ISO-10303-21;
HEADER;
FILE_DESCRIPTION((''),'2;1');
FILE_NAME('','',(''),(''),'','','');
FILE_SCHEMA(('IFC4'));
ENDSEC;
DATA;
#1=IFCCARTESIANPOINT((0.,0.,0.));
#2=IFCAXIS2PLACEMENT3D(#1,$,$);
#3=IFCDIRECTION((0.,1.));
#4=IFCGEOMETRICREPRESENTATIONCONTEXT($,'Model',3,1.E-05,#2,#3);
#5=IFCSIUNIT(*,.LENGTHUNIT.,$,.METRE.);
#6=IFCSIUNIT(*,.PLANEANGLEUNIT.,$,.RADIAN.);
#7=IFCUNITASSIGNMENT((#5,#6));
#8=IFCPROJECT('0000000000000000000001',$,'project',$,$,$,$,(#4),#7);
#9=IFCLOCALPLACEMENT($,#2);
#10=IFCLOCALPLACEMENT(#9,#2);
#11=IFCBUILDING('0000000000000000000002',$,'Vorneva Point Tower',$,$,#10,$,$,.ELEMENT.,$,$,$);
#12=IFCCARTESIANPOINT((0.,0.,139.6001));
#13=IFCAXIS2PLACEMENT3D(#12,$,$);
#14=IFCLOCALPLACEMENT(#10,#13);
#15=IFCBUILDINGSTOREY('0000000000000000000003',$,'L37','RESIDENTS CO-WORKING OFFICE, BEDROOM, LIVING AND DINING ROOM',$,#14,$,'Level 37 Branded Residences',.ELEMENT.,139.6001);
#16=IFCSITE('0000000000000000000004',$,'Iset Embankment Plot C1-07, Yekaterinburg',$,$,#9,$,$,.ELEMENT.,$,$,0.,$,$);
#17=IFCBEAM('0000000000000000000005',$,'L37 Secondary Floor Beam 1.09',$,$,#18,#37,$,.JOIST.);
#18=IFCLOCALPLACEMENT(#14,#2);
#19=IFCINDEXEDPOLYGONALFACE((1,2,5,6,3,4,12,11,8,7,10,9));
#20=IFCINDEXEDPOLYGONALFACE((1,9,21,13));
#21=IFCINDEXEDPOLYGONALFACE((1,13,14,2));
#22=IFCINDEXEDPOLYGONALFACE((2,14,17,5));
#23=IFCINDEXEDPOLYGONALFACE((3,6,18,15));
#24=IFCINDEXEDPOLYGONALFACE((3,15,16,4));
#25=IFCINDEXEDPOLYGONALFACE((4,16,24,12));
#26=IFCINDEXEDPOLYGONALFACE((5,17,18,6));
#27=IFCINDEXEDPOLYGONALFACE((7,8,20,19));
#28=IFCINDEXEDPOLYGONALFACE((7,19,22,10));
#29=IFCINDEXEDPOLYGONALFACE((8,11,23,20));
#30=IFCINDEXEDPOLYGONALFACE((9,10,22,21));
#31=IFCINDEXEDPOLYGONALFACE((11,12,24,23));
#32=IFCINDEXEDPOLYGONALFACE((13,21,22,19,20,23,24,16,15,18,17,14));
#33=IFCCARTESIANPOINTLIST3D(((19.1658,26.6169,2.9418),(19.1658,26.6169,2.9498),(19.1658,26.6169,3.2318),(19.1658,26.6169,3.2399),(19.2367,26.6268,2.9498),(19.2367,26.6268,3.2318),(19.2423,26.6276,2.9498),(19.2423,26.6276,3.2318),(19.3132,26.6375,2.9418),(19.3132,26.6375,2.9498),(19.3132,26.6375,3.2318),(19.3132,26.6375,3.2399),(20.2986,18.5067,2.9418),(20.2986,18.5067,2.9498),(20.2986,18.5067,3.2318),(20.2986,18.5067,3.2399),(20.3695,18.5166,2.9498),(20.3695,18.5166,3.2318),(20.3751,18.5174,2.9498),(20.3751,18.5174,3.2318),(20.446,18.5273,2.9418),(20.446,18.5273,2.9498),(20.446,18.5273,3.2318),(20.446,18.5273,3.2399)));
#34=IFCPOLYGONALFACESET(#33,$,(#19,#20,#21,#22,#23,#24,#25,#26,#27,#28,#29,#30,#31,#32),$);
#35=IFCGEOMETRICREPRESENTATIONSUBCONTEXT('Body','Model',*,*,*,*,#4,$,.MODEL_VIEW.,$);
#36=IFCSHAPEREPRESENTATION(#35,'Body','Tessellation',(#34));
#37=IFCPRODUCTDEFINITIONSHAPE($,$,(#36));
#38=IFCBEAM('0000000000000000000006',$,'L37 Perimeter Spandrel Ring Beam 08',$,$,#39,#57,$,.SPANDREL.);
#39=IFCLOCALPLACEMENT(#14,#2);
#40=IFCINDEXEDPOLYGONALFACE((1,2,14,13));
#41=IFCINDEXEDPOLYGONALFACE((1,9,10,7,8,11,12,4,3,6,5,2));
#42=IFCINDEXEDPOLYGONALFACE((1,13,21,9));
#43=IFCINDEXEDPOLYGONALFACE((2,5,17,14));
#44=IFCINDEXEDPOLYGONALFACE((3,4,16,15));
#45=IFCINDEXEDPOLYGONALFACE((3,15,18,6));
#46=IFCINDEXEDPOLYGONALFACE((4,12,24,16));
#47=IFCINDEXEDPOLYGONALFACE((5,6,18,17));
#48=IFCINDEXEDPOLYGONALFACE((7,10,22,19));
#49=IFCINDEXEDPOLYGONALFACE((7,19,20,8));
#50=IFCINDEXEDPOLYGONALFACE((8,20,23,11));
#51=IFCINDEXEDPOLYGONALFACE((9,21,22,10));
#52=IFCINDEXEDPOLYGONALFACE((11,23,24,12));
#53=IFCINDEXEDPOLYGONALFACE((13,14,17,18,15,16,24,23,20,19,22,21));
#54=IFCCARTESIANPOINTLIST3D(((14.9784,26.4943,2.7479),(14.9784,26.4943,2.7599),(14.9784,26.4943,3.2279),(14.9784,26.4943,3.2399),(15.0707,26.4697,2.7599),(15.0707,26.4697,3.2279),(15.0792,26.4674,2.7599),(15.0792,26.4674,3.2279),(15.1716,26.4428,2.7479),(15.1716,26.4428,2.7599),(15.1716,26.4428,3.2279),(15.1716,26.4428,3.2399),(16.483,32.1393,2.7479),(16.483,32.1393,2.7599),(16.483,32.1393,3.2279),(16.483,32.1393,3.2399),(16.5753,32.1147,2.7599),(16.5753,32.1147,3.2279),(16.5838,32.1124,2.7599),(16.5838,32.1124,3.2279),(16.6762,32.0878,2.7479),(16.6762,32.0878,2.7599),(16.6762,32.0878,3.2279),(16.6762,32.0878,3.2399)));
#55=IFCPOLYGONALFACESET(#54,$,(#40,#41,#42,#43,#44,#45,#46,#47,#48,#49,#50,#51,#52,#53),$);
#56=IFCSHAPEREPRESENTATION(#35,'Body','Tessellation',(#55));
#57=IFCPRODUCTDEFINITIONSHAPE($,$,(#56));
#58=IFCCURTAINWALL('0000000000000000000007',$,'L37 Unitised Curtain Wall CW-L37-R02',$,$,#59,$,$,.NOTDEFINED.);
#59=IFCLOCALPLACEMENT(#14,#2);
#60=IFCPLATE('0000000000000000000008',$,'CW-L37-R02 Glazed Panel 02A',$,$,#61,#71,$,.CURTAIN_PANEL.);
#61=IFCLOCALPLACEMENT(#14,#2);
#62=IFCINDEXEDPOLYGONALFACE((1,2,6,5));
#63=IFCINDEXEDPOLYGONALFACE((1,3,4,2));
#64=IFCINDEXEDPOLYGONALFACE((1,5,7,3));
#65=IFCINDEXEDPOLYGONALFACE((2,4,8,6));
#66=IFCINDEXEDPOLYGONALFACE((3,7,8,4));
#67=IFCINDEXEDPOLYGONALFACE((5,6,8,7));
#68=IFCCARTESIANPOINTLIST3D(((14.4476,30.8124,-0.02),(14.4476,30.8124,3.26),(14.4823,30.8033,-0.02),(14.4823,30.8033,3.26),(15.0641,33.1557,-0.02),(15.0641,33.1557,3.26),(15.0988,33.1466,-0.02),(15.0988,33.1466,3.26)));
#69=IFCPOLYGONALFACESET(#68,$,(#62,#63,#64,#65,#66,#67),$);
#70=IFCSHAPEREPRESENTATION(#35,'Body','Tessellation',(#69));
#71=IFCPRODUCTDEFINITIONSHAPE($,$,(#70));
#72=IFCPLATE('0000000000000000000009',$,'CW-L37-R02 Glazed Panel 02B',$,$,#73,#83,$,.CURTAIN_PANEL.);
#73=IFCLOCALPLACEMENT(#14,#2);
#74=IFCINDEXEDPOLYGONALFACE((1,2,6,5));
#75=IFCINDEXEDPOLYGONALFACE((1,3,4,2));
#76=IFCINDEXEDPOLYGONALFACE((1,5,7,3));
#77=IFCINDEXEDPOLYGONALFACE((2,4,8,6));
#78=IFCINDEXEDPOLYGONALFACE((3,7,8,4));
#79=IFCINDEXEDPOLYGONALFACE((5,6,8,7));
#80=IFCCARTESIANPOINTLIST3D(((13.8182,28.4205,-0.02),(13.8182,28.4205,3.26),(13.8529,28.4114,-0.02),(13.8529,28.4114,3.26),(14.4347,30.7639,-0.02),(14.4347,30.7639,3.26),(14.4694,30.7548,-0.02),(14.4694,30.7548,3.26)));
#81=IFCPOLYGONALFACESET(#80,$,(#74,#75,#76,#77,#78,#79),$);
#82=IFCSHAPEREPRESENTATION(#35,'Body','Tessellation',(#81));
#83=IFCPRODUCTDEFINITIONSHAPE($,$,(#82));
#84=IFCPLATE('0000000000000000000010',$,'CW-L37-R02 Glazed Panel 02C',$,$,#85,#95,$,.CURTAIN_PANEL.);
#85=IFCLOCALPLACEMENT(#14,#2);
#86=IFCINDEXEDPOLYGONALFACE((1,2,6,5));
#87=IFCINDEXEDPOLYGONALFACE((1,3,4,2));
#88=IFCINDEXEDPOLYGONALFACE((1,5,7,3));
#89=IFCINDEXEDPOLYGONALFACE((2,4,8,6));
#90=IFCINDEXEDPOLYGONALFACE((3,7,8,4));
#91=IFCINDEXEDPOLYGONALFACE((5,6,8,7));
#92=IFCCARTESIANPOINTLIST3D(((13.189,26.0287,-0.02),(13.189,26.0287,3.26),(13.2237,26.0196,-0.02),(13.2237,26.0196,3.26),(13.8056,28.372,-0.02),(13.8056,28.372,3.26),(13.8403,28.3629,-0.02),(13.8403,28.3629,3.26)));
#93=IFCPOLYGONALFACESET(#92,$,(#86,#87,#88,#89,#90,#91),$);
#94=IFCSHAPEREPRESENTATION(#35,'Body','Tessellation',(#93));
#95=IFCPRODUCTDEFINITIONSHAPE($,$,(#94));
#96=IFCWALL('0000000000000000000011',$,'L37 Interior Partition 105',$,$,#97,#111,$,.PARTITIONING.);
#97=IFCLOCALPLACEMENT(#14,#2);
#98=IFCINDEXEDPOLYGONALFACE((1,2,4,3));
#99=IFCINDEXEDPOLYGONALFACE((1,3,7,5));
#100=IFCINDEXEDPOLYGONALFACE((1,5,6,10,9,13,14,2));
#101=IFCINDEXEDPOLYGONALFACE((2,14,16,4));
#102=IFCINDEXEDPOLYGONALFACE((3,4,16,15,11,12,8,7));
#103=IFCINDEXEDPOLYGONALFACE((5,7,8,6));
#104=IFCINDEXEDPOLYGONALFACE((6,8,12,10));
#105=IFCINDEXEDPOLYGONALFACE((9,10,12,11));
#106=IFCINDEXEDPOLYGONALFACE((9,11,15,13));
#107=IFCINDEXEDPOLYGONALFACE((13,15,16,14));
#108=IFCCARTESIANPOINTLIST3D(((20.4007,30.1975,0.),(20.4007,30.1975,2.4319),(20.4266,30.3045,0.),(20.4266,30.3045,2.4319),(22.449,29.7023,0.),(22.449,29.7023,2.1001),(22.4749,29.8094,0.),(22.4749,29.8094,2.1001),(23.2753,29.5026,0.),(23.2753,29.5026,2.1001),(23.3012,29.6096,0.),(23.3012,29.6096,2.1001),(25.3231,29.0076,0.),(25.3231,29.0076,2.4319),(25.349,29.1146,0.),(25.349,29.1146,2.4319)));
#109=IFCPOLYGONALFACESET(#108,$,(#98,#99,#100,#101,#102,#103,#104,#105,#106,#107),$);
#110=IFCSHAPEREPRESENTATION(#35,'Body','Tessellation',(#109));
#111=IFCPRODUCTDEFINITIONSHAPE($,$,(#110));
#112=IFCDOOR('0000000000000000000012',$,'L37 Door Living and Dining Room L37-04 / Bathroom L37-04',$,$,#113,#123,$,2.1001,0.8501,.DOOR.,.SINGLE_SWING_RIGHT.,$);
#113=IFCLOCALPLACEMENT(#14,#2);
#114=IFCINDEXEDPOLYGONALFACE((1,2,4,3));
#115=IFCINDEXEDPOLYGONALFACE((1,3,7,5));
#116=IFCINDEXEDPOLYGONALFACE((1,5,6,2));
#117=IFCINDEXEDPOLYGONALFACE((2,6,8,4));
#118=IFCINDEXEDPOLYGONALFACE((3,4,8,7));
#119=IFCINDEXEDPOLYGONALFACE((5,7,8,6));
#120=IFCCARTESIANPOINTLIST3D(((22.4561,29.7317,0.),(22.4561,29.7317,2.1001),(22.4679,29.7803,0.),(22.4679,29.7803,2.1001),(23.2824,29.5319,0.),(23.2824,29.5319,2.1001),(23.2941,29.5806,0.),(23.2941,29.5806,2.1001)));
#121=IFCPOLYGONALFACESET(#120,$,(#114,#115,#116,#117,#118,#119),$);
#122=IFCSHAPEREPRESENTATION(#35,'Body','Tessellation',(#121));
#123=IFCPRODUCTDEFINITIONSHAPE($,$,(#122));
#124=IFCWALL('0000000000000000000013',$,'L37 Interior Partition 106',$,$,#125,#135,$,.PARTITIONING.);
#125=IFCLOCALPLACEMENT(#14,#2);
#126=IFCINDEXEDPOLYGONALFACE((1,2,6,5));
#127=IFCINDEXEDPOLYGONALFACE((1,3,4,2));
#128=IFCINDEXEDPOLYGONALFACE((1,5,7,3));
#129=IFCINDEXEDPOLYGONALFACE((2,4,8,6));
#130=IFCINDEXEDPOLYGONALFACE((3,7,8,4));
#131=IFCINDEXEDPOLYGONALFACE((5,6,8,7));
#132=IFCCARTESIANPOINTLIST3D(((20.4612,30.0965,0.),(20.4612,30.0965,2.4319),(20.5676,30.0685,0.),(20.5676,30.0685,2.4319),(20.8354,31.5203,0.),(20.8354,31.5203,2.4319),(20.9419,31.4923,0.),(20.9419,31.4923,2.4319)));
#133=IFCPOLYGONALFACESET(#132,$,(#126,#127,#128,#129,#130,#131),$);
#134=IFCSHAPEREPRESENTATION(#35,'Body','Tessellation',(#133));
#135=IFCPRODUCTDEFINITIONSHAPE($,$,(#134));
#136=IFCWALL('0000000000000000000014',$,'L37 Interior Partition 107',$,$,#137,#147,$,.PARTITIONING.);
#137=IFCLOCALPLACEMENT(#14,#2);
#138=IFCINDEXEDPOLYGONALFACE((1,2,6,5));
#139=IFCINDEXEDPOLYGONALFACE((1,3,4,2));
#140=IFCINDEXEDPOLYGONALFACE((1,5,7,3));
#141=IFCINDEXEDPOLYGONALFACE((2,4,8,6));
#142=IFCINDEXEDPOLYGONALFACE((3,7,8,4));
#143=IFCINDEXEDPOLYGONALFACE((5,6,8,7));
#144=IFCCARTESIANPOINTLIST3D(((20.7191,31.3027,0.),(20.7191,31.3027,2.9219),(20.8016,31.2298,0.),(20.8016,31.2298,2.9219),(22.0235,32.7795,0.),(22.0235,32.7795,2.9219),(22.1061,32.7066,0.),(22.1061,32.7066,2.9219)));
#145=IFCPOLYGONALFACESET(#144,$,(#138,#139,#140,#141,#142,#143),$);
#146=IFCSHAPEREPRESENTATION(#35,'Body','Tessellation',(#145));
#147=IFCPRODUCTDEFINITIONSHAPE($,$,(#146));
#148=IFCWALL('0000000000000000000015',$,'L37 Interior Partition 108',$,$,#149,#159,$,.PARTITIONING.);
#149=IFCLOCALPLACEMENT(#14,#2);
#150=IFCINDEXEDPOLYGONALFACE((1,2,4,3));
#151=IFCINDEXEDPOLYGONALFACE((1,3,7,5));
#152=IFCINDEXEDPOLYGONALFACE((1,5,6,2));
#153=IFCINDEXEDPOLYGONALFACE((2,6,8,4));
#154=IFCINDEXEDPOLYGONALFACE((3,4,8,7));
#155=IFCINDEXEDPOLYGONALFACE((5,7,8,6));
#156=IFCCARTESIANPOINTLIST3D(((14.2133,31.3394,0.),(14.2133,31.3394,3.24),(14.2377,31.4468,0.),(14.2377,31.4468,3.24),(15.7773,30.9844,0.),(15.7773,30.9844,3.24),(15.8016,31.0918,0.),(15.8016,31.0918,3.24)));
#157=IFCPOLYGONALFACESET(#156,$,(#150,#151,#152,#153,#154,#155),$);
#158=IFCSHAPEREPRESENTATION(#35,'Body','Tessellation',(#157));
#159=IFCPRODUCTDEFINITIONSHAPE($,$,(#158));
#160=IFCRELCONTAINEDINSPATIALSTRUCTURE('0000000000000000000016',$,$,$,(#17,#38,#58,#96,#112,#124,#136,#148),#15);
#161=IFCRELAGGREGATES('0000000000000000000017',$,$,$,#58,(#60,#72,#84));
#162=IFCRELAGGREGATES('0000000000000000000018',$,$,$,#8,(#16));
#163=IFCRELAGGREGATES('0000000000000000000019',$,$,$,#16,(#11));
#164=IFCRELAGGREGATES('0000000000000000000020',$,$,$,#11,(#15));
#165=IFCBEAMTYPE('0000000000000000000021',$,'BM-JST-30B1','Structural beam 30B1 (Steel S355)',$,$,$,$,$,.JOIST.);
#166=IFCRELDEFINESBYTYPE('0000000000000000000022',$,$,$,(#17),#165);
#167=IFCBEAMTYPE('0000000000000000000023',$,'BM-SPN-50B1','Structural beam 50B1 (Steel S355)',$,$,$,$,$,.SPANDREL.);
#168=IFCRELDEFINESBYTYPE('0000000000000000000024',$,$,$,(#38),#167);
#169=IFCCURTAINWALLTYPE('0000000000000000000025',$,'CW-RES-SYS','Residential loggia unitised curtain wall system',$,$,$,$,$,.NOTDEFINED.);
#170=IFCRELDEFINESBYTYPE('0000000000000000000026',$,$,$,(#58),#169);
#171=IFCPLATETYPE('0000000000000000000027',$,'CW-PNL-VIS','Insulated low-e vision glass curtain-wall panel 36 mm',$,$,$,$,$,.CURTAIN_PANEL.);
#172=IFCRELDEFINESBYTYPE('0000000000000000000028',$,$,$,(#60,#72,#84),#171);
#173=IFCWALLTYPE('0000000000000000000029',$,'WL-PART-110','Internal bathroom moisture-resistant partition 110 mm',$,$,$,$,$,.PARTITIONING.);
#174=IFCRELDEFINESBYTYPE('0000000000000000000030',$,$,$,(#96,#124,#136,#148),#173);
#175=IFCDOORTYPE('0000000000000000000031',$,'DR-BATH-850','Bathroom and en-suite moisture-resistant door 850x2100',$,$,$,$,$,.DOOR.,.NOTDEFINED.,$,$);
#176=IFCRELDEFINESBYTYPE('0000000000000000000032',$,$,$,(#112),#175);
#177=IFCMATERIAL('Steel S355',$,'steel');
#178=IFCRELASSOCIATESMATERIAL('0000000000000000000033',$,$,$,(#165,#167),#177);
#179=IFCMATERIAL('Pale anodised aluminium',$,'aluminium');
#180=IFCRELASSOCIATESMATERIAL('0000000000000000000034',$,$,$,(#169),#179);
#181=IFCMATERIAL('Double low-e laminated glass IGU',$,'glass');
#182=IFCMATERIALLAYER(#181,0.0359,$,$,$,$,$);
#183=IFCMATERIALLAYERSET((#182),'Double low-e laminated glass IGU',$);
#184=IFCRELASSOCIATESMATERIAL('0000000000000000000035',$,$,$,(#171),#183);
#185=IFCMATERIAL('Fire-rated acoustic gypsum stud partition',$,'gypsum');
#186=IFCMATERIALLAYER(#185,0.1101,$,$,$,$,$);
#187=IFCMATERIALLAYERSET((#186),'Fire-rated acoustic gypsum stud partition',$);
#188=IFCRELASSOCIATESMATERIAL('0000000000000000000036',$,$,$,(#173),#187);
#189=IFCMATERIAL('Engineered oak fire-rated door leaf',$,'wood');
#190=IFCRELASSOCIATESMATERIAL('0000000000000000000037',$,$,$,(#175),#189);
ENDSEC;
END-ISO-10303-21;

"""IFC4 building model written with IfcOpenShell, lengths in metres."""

from ifc_helpers import new_model, si_unit, direction, frame, frame_2d, origin, origin_2d, place, context, subcontext, project, spatial, rectangle, i_section, extrude, material, layer, layer_set, material_profile, profile_set, type_object, element, fill, aggregate, save


model = new_model("IFC4")

# Units and contexts
model_context = context("Model", 3, precision=1e-05, world=origin(), true_north=direction((0.0, 1.0)))
body_context = subcontext(model_context, "Body", "Model", "MODEL_VIEW")
ifc_project = project(units=[si_unit("LENGTHUNIT", "METRE"), si_unit("PLANEANGLEUNIT", "RADIAN")], contexts=[model_context])

# Site, building, storey
site_placement = place(None, origin())
site = spatial("IfcSite", under=ifc_project, at=site_placement, Name="Iset Embankment Plot C1-07, Yekaterinburg", CompositionType="ELEMENT", RefElevation=0.0)
building_placement = place(site_placement, origin())
building = spatial("IfcBuilding", under=site, at=building_placement, Name="Vorneva Point Tower", CompositionType="ELEMENT")
storey_placement = place(building_placement, frame((0.0, 0.0, 139.6001)))
storey = spatial("IfcBuildingStorey", under=building, at=storey_placement, Name="L37", Description="RESIDENTS CO-WORKING OFFICE, BEDROOM, LIVING AND DINING ROOM", LongName="Level 37 Branded Residences", CompositionType="ELEMENT", Elevation=139.6001)

# Beams
ifc_material_1 = material(Name="Steel S355", Category="steel")
ifc_material_profile_1 = material_profile(ifc_material_1, i_section(OverallWidth=0.1489, OverallDepth=0.2981, WebThickness=0.0056, FlangeThickness=0.0081, at=origin_2d()), Name="30B1")
ifc_profile_set_1 = profile_set([ifc_material_profile_1], Name="Steel S355")
beam_type_1 = type_object("IfcBeamType", Name="BM-JST-30B1", Description="Structural beam 30B1 (Steel S355)", PredefinedType="JOIST", material=ifc_profile_set_1)
beam_1_placement = place(storey_placement, frame((19.2395, 26.6272, 3.0908), z_axis=(0.138332, -0.990386, 0.0), x_axis=(0.990386, 0.138332, 0.0)))
element("IfcBeam", 1, at=beam_1_placement, inside=storey, type_object=beam_type_1, Name="L37 Secondary Floor Beam 1.09", PredefinedType="JOIST", context=body_context, shape_type="SweptSolid", body=[
    extrude(i_section(OverallWidth=0.1489, OverallDepth=0.2981, WebThickness=0.0056, FlangeThickness=0.0081, at=origin_2d()), origin(), (0.0, 0.0, 1.0), 8.189),
])
ifc_material_profile_2 = material_profile(ifc_material_1, i_section(OverallWidth=0.2, OverallDepth=0.4919, WebThickness=0.0088, FlangeThickness=0.012, at=origin_2d()), Name="50B1")
ifc_profile_set_2 = profile_set([ifc_material_profile_2], Name="Steel S355")
beam_type_2 = type_object("IfcBeamType", Name="BM-SPN-50B1", Description="Structural beam 50B1 (Steel S355)", PredefinedType="SPANDREL", material=ifc_profile_set_2)
beam_2_placement = place(storey_placement, frame((16.5796, 32.1135, 2.9939), z_axis=(-0.257551, -0.966265, 0.0), x_axis=(0.966265, -0.257551, 0.0)))
element("IfcBeam", 2, at=beam_2_placement, inside=storey, type_object=beam_type_2, Name="L37 Perimeter Spandrel Ring Beam 08", PredefinedType="SPANDREL", context=body_context, shape_type="SweptSolid", body=[
    extrude(i_section(OverallWidth=0.2, OverallDepth=0.4919, WebThickness=0.0088, FlangeThickness=0.012, at=origin_2d()), origin(), (0.0, 0.0, 1.0), 5.842),
])

# Curtain wall, plates
ifc_material_2 = material(Name="Pale anodised aluminium", Category="aluminium")
curtain_wall_type = type_object("IfcCurtainWallType", Name="CW-RES-SYS", Description="Residential loggia unitised curtain wall system", PredefinedType="NOTDEFINED", material=ifc_material_2)
curtain_wall_placement = place(storey_placement, origin())
curtain_wall = element("IfcCurtainWall", 3, at=curtain_wall_placement, inside=storey, type_object=curtain_wall_type, Name="L37 Unitised Curtain Wall CW-L37-R02", PredefinedType="NOTDEFINED")
ifc_material_3 = material(Name="Double low-e laminated glass IGU", Category="glass")
ifc_layer_1 = layer(ifc_material_3, 0.0359)
ifc_layer_set_1 = layer_set([ifc_layer_1], Name="Double low-e laminated glass IGU")
plate_type = type_object("IfcPlateType", Name="CW-PNL-VIS", Description="Insulated low-e vision glass curtain-wall panel 36 mm", PredefinedType="CURTAIN_PANEL", material=ifc_layer_set_1)
plate_1_placement = place(storey_placement, frame((14.7732, 31.9795, -0.02), z_axis=(0.0, 0.0, 1.0), x_axis=(-0.254433, -0.96709, 0.0)))
plate_1 = element("IfcPlate", 4, at=plate_1_placement, type_object=plate_type, Name="CW-L37-R02 Glazed Panel 02A", PredefinedType="CURTAIN_PANEL", context=body_context, shape_type="SweptSolid", body=[
    extrude(rectangle(XDim=2.4231, YDim=0.0359, at=origin_2d()), origin(), (0.0, 0.0, 1.0), 3.28),
])
plate_2_placement = place(storey_placement, frame((14.1438, 29.5876, -0.02), z_axis=(0.0, 0.0, 1.0), x_axis=(-0.254433, -0.96709, 0.0)))
plate_2 = element("IfcPlate", 5, at=plate_2_placement, type_object=plate_type, Name="CW-L37-R02 Glazed Panel 02B", PredefinedType="CURTAIN_PANEL", context=body_context, shape_type="SweptSolid", body=[
    extrude(rectangle(XDim=2.4231, YDim=0.0359, at=origin_2d()), origin(), (0.0, 0.0, 1.0), 3.28),
])
plate_3_placement = place(storey_placement, frame((13.5146, 27.1958, -0.02), z_axis=(0.0, 0.0, 1.0), x_axis=(-0.254433, -0.96709, 0.0)))
plate_3 = element("IfcPlate", 6, at=plate_3_placement, type_object=plate_type, Name="CW-L37-R02 Glazed Panel 02C", PredefinedType="CURTAIN_PANEL", context=body_context, shape_type="SweptSolid", body=[
    extrude(rectangle(XDim=2.4231, YDim=0.0359, at=origin_2d()), origin(), (0.0, 0.0, 1.0), 3.28),
])
aggregate(curtain_wall, [plate_1, plate_2, plate_3])

# Wall, opening, door
ifc_material_4 = material(Name="Fire-rated acoustic gypsum stud partition", Category="gypsum")
ifc_layer_2 = layer(ifc_material_4, 0.1101)
ifc_layer_set_2 = layer_set([ifc_layer_2], Name="Fire-rated acoustic gypsum stud partition")
wall_type_1 = type_object("IfcWallType", Name="WL-PART-110", Description="Internal bathroom moisture-resistant partition 110 mm", PredefinedType="PARTITIONING", material=ifc_layer_set_2)
wall_1_placement = place(storey_placement, frame((25.3362, 29.061, 0.0), z_axis=(0.0, 0.0, 1.0), x_axis=(-0.972002, 0.234974, 0.0)))
wall_1 = element("IfcWall", 7, at=wall_1_placement, inside=storey, type_object=wall_type_1, Name="L37 Interior Partition 105", PredefinedType="PARTITIONING", context=body_context, shape_type="SweptSolid", body=[
    extrude(rectangle(XDim=5.0642, YDim=0.1101, at=frame_2d((2.5322, 0.0))), origin(), (0.0, 0.0, 1.0), 2.4319),
])
opening_1_placement = place(wall_1_placement, frame((2.1069, 0.0, 0.0)))
opening_1 = element("IfcOpeningElement", 8, at=opening_1_placement, cuts=wall_1, PredefinedType="OPENING", context=body_context, shape_type="SweptSolid", body=[
    extrude(rectangle(XDim=0.8501, YDim=2.1001, at=frame_2d((0.425, 1.05))), frame((0.0, 0.0698, 0.0), z_axis=(0.0, -1.0, 0.0), x_axis=(1.0, 0.0, 0.0)), (0.0, 0.0, 1.0), 0.1399),
])
ifc_material_5 = material(Name="Engineered oak fire-rated door leaf", Category="wood")
door_type_1 = type_object("IfcDoorType", Name="DR-BATH-850", Description="Bathroom and en-suite moisture-resistant door 850x2100", OperationType="NOTDEFINED", PredefinedType="DOOR", material=ifc_material_5)
door_1_placement = place(opening_1_placement, origin())
door_1 = element("IfcDoor", 9, at=door_1_placement, inside=storey, type_object=door_type_1, Name="L37 Door Living and Dining Room L37-04 / Bathroom L37-04", OperationType="SINGLE_SWING_RIGHT", OverallHeight=2.1001, OverallWidth=0.8501, PredefinedType="DOOR", context=body_context, shape_type="SweptSolid", body=[
    extrude(rectangle(XDim=0.8501, YDim=2.1001, at=frame_2d((0.425, 1.05))), frame((0.0, 0.0249, 0.0), z_axis=(0.0, -1.0, 0.0), x_axis=(1.0, 0.0, 0.0)), (0.0, 0.0, 1.0), 0.05),
])
fill(opening_1, door_1)

# Walls
wall_2_placement = place(storey_placement, frame((20.5144, 30.0825, 0.0), z_axis=(0.0, 0.0, 1.0), x_axis=(0.254224, 0.967145, 0.0)))
element("IfcWall", 10, at=wall_2_placement, inside=storey, type_object=wall_type_1, Name="L37 Interior Partition 106", PredefinedType="PARTITIONING", context=body_context, shape_type="SweptSolid", body=[
    extrude(rectangle(XDim=1.4722, YDim=0.1101, at=frame_2d((0.7361, 0.0))), origin(), (0.0, 0.0, 1.0), 2.4319),
])
wall_3_placement = place(storey_placement, frame((20.7603, 31.2661, 0.0), z_axis=(0.0, 0.0, 1.0), x_axis=(0.662015, 0.749491, 0.0)))
element("IfcWall", 11, at=wall_3_placement, inside=storey, type_object=wall_type_1, Name="L37 Interior Partition 107", PredefinedType="PARTITIONING", context=body_context, shape_type="SweptSolid", body=[
    extrude(rectangle(XDim=1.9705, YDim=0.1101, at=frame_2d((0.9854, 0.0))), origin(), (0.0, 0.0, 1.0), 2.9219),
])
wall_4_placement = place(storey_placement, frame((14.2256, 31.3931, 0.0), z_axis=(0.0, 0.0, 1.0), x_axis=(0.975196, -0.221345, 0.0)))
element("IfcWall", 12, at=wall_4_placement, inside=storey, type_object=wall_type_1, Name="L37 Interior Partition 108", PredefinedType="PARTITIONING", context=body_context, shape_type="SweptSolid", body=[
    extrude(rectangle(XDim=1.6038, YDim=0.1101, at=frame_2d((0.8018, 0.0))), origin(), (0.0, 0.0, 1.0), 3.24),
])

save(model, "model.ifc")
